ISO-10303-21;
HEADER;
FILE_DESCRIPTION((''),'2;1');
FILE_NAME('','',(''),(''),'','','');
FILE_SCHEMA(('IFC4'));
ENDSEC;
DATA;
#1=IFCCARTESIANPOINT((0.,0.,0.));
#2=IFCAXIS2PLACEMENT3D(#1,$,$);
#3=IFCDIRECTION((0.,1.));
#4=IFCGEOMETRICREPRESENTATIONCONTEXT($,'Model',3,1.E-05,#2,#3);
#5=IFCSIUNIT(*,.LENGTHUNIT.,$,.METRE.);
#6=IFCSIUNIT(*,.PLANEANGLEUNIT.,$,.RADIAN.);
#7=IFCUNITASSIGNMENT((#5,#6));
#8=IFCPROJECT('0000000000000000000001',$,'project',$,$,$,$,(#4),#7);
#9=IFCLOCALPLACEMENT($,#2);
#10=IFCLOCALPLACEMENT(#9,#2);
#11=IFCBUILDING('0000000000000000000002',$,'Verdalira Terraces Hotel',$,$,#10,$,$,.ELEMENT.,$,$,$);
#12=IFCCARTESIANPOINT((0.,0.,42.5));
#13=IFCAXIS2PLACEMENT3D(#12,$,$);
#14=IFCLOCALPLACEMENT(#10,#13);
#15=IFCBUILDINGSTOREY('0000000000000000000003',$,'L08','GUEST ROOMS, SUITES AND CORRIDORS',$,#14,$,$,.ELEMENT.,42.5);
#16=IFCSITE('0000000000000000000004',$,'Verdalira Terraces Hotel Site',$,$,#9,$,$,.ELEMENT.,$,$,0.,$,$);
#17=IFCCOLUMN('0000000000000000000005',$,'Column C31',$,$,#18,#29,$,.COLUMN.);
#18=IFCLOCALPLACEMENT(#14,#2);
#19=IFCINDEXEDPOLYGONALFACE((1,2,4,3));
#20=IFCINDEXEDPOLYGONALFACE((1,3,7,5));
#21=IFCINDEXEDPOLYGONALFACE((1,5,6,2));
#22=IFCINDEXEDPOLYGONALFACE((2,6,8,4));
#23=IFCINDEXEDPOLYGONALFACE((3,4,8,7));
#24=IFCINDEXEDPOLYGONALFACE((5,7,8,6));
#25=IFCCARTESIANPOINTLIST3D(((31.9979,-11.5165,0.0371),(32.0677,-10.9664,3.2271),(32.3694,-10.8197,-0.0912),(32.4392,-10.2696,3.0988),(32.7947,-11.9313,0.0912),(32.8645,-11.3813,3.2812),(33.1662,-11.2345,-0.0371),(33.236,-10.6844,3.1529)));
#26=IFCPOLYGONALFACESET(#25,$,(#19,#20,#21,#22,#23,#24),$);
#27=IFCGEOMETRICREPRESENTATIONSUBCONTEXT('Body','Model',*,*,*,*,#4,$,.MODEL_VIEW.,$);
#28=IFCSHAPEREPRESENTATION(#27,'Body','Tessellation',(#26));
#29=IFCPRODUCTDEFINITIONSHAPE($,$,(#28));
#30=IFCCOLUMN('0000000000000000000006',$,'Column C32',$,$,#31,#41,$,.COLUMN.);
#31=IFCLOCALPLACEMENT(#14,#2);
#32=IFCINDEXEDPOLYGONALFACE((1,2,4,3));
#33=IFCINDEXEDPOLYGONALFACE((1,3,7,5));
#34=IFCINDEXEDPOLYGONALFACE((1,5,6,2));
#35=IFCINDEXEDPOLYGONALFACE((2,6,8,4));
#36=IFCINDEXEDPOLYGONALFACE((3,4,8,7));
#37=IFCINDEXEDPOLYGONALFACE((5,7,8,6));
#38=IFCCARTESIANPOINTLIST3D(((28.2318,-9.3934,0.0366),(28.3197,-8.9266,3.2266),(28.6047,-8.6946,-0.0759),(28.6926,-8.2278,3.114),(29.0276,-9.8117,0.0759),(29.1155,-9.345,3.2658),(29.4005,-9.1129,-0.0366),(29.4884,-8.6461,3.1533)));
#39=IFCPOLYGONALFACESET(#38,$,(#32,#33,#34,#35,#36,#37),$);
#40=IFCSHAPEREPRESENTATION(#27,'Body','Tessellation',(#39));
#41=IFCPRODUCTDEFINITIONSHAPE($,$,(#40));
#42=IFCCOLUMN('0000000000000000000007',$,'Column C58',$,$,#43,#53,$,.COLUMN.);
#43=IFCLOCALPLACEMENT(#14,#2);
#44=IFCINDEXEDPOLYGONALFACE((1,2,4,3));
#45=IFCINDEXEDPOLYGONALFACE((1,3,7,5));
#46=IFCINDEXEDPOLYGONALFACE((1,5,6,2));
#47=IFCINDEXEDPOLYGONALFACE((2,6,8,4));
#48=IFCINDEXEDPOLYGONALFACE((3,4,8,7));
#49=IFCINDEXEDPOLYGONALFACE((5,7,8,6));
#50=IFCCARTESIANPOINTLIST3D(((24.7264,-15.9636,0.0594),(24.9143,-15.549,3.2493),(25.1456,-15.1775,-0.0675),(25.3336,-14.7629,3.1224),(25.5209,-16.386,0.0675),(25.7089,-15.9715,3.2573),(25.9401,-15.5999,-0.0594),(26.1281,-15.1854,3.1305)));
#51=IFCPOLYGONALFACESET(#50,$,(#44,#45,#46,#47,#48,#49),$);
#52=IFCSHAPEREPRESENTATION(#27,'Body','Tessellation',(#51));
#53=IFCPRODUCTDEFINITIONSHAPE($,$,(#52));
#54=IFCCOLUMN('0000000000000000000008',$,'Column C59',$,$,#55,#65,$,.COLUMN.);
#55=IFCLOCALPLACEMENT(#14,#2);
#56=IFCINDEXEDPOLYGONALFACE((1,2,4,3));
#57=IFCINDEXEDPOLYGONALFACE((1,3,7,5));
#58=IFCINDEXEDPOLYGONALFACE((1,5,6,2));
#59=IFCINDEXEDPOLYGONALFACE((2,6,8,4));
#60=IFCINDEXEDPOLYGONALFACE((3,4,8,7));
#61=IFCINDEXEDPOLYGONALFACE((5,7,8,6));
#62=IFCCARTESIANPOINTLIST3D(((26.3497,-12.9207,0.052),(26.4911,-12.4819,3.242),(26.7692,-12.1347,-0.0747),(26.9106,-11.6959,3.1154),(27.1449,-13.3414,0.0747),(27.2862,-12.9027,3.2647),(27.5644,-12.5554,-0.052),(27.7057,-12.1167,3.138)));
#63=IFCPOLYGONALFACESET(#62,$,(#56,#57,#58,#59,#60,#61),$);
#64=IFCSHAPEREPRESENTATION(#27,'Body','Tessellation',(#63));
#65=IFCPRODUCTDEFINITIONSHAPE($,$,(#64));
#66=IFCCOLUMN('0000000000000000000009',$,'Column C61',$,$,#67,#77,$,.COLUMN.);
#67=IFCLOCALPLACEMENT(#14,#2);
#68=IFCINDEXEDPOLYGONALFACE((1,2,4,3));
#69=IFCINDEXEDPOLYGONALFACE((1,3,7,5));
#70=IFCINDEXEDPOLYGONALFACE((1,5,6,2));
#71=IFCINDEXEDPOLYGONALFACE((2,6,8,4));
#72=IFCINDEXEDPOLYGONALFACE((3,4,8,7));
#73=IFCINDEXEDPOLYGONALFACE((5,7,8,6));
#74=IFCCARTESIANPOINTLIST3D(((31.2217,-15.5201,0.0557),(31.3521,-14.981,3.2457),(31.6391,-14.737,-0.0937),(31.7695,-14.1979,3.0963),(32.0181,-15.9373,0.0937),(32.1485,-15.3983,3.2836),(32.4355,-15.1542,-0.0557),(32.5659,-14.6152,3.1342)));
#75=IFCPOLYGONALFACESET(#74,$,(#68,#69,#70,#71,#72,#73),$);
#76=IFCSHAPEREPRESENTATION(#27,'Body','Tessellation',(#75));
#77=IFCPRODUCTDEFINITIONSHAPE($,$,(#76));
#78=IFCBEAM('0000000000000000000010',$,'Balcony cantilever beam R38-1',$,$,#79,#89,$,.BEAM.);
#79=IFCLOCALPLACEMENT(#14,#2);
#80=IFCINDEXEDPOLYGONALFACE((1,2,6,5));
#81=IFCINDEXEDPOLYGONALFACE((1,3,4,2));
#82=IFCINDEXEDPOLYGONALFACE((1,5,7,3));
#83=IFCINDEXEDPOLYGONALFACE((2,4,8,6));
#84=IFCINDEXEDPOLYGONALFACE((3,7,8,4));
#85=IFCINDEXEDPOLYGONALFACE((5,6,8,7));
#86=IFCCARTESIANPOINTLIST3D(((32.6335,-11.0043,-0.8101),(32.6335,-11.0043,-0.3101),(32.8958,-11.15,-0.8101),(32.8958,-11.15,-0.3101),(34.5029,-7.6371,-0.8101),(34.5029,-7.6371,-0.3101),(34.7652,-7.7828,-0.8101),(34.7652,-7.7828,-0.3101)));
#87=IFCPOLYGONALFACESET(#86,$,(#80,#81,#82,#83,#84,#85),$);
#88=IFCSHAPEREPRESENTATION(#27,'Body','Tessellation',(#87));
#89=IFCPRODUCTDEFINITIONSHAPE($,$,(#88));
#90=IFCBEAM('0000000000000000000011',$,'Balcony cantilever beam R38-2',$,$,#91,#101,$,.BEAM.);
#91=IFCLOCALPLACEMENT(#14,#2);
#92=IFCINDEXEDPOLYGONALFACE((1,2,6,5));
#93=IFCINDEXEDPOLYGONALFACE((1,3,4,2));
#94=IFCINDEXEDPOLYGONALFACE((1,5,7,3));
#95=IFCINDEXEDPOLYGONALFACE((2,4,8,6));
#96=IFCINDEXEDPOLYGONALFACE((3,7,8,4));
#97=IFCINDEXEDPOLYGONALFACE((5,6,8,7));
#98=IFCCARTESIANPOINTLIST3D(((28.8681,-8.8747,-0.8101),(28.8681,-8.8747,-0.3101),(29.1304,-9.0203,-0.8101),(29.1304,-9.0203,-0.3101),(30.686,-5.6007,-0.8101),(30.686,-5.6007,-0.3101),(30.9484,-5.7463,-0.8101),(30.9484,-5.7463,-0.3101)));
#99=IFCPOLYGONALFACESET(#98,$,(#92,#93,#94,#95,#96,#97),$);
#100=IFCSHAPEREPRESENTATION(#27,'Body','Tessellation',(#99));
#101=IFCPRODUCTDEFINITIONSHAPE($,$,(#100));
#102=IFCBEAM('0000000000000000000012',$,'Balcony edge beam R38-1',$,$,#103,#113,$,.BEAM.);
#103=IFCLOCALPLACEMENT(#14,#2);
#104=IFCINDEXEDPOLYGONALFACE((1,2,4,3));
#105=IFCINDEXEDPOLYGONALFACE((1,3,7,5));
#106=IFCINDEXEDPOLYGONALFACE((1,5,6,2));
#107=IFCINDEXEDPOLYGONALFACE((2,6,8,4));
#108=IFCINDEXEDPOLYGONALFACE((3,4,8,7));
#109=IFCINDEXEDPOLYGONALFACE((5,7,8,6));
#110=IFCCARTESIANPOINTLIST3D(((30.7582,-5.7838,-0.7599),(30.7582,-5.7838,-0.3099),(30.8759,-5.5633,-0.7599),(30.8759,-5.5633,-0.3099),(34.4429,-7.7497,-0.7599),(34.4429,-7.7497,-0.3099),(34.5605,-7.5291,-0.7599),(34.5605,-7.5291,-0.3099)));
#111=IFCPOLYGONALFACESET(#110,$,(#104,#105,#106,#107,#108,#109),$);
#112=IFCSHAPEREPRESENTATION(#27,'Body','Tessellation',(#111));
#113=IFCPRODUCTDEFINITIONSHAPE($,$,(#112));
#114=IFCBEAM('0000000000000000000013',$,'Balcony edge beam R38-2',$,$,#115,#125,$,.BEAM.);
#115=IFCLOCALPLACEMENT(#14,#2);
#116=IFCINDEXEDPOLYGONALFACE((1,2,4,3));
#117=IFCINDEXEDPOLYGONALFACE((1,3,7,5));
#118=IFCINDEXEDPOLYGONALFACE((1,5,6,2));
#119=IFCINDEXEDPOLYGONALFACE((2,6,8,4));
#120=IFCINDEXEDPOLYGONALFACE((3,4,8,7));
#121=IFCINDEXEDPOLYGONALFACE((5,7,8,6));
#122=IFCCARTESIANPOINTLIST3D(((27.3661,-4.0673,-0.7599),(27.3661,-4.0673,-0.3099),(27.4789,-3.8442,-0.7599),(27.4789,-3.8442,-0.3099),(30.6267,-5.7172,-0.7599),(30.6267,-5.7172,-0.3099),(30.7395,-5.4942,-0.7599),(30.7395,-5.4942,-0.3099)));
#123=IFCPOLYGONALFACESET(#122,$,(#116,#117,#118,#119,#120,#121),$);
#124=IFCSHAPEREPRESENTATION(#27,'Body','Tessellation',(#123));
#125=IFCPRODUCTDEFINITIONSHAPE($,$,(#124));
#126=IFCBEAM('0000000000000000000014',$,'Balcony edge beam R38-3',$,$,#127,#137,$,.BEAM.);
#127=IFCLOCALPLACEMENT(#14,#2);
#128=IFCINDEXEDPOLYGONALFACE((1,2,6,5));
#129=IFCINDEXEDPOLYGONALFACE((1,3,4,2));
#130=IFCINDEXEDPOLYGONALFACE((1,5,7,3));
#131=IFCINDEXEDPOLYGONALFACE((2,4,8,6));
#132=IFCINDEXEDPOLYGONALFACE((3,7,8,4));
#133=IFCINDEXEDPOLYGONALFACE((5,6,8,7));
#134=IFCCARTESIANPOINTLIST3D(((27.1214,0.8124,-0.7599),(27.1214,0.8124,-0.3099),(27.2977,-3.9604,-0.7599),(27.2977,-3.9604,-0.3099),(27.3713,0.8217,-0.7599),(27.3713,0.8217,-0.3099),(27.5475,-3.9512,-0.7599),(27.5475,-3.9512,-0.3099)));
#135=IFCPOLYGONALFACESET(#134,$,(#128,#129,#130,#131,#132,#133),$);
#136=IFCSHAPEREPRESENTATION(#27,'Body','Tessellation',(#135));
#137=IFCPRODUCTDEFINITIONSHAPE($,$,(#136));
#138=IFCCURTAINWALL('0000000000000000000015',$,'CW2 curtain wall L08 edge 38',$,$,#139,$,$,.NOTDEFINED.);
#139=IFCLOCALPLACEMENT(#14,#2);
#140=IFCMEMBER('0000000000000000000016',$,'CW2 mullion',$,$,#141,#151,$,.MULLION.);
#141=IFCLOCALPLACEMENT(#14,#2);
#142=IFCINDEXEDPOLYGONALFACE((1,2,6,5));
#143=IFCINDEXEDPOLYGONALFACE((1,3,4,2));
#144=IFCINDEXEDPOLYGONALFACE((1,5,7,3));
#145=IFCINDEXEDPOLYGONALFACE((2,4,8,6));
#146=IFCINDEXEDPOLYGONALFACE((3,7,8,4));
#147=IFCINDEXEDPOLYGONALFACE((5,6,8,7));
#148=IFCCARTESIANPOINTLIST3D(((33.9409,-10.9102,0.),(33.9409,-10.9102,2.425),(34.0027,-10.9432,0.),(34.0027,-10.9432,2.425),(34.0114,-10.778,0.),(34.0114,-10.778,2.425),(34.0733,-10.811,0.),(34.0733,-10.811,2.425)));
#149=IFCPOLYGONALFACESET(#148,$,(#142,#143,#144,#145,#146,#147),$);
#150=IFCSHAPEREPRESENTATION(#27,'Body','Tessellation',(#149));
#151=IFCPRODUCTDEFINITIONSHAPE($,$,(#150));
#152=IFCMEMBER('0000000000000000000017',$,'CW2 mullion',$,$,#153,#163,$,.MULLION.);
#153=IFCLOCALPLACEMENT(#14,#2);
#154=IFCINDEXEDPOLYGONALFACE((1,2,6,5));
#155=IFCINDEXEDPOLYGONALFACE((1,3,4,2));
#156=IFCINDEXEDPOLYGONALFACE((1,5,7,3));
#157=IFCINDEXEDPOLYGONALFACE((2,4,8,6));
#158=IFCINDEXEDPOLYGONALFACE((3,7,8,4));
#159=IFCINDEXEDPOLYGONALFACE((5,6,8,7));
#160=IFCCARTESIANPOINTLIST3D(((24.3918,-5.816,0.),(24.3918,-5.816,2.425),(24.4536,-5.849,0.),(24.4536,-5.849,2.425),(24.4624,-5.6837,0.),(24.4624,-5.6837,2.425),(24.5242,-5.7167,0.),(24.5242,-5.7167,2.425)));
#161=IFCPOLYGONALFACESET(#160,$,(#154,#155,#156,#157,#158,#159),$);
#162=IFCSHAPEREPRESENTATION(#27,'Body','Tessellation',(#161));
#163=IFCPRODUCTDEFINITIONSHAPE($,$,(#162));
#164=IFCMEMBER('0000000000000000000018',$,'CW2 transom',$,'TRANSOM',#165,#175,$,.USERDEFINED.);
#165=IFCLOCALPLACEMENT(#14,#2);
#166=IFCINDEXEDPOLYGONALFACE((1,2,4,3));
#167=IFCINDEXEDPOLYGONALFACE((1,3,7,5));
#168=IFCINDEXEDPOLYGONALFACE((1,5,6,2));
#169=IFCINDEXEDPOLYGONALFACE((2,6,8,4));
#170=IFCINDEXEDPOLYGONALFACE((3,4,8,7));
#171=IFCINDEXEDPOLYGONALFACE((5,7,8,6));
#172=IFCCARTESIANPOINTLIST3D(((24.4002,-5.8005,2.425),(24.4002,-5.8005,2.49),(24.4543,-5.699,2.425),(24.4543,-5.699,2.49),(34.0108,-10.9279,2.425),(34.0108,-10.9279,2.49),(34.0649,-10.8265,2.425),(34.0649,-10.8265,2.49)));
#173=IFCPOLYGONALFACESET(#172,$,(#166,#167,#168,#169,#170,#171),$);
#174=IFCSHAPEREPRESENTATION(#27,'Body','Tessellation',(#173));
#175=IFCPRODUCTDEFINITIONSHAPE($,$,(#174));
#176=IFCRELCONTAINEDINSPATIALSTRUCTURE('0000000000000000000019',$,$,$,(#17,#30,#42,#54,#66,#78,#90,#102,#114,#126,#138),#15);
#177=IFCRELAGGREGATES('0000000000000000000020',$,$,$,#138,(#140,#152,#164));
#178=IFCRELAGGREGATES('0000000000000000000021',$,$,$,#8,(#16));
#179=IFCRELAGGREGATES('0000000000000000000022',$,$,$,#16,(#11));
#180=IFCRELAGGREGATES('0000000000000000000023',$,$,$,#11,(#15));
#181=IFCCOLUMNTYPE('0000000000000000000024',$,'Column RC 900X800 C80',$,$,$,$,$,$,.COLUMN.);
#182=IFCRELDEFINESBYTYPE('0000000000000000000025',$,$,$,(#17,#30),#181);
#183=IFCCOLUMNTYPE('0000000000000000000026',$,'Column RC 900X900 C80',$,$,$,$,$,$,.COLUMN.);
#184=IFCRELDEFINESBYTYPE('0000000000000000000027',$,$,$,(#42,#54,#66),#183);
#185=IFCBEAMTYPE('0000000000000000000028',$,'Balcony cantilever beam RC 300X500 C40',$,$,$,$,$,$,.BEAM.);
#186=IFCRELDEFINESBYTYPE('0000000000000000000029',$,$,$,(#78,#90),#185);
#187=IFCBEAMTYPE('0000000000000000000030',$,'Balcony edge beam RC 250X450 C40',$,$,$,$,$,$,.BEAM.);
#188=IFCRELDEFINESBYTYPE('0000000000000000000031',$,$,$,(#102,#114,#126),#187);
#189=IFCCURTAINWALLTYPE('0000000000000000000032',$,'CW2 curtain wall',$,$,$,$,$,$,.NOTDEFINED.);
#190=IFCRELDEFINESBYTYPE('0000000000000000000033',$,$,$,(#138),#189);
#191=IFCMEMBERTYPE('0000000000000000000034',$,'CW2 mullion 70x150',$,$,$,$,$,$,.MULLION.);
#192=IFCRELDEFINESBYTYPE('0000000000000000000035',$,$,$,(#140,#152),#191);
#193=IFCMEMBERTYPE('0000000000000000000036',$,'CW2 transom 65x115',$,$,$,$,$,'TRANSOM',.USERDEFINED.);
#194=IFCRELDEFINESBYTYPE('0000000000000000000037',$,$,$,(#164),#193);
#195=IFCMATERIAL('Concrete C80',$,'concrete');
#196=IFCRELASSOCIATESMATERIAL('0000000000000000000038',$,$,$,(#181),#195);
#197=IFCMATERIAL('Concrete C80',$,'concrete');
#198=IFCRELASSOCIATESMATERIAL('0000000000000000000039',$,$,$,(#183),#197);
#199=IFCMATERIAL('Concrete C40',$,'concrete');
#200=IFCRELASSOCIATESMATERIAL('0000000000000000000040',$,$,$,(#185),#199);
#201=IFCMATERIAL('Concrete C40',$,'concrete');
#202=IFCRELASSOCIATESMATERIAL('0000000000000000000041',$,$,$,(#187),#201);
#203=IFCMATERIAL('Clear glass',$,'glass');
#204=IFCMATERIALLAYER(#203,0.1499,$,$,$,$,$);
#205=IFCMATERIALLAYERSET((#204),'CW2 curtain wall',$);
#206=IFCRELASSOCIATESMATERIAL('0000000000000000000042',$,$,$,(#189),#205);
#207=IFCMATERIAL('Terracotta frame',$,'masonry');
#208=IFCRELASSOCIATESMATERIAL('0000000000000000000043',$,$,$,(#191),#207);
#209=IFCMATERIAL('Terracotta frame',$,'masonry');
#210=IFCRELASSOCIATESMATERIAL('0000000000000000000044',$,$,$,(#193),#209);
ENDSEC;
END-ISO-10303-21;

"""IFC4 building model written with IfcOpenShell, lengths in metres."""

from ifc_helpers import new_model, si_unit, direction, frame, origin, origin_2d, place, context, subcontext, project, spatial, rectangle, extrude, material, layer, layer_set, material_profile, profile_set, type_object, element, aggregate, save


model = new_model("IFC4")

# Units and contexts
model_context = context("Model", 3, precision=1e-05, world=origin(), true_north=direction((0.0, 1.0)))
body_context = subcontext(model_context, "Body", "Model", "MODEL_VIEW")
ifc_project = project(units=[si_unit("LENGTHUNIT", "METRE"), si_unit("PLANEANGLEUNIT", "RADIAN")], contexts=[model_context])

# Site, building, storey
site_placement = place(None, origin())
site = spatial("IfcSite", under=ifc_project, at=site_placement, Name="Verdalira Terraces Hotel Site", CompositionType="ELEMENT", RefElevation=0.0)
building_placement = place(site_placement, origin())
building = spatial("IfcBuilding", under=site, at=building_placement, Name="Verdalira Terraces Hotel", CompositionType="ELEMENT")
storey_placement = place(building_placement, frame((0.0, 0.0, 42.5)))
storey = spatial("IfcBuildingStorey", under=building, at=storey_placement, Name="L08", Description="GUEST ROOMS, SUITES AND CORRIDORS", CompositionType="ELEMENT", Elevation=42.5)

# Columns
ifc_material_1 = material(Name="Concrete C80", Category="concrete")
ifc_material_profile_1 = material_profile(ifc_material_1, rectangle(XDim=0.8999, YDim=0.8, at=origin_2d()), Name="RC 900X800")
ifc_profile_set_1 = profile_set([ifc_material_profile_1], Name="Concrete C80")
column_type_1 = type_object("IfcColumnType", Name="Column RC 900X800 C80", PredefinedType="COLUMN", material=ifc_profile_set_1)
column_1_placement = place(storey_placement, frame((32.582, -11.3755, 0.0), z_axis=(0.021566, 0.169885, 0.985228), x_axis=(-0.885382, 0.460963, -0.060105)))
element("IfcColumn", 1, at=column_1_placement, inside=storey, type_object=column_type_1, Name="Column C31", PredefinedType="COLUMN", context=body_context, shape_type="SweptSolid", body=[
    extrude(rectangle(XDim=0.8999, YDim=0.8, at=origin_2d()), origin(), (0.0, 0.0, 1.0), 3.2378),
])
column_2_placement = place(storey_placement, frame((28.8162, -9.2532, 0.0), z_axis=(0.027252, 0.144738, 0.989095), x_axis=(-0.884308, 0.464857, -0.04366)))
element("IfcColumn", 2, at=column_2_placement, inside=storey, type_object=column_type_1, Name="Column C32", PredefinedType="COLUMN", context=body_context, shape_type="SweptSolid", body=[
    extrude(rectangle(XDim=0.8999, YDim=0.8, at=origin_2d()), origin(), (0.0, 0.0, 1.0), 3.2251),
])
ifc_material_2 = material(Name="Concrete C80", Category="concrete")
ifc_material_profile_2 = material_profile(ifc_material_2, rectangle(XDim=0.8999, YDim=0.8999, at=origin_2d()), Name="RC 900X900")
ifc_profile_set_2 = profile_set([ifc_material_profile_2], Name="Concrete C80")
column_type_2 = type_object("IfcColumnType", Name="Column RC 900X900 C80", PredefinedType="COLUMN", material=ifc_profile_set_2)
column_3_placement = place(storey_placement, frame((25.3333, -15.7817, 0.0), z_axis=(0.058341, 0.128652, 0.989972), x_axis=(0.882918, -0.469441, 0.008975)))
element("IfcColumn", 3, at=column_3_placement, inside=storey, type_object=column_type_2, Name="Column C58", PredefinedType="COLUMN", context=body_context, shape_type="SweptSolid", body=[
    extrude(rectangle(XDim=0.8999, YDim=0.8999, at=origin_2d()), origin(), (0.0, 0.0, 1.0), 3.2222),
])
column_4_placement = place(storey_placement, frame((26.957, -12.738, 0.0), z_axis=(0.043858, 0.136119, 0.989721), x_axis=(0.883606, -0.467556, 0.025148)))
element("IfcColumn", 4, at=column_4_placement, inside=storey, type_object=column_type_2, Name="Column C59", PredefinedType="COLUMN", context=body_context, shape_type="SweptSolid", body=[
    extrude(rectangle(XDim=0.8999, YDim=0.8999, at=origin_2d()), origin(), (0.0, 0.0, 1.0), 3.2231),
])
column_5_placement = place(storey_placement, frame((31.8286, -15.3372, 0.0), z_axis=(0.040265, 0.166491, 0.985221), x_axis=(0.885002, -0.463673, 0.042186)))
element("IfcColumn", 5, at=column_5_placement, inside=storey, type_object=column_type_2, Name="Column C61", PredefinedType="COLUMN", context=body_context, shape_type="SweptSolid", body=[
    extrude(rectangle(XDim=0.8999, YDim=0.8999, at=origin_2d()), origin(), (0.0, 0.0, 1.0), 3.2378),
])

# Beams
ifc_material_3 = material(Name="Concrete C40", Category="concrete")
ifc_material_profile_3 = material_profile(ifc_material_3, rectangle(XDim=0.3, YDim=0.5, at=origin_2d()), Name="RC 300X500")
ifc_profile_set_3 = profile_set([ifc_material_profile_3], Name="Concrete C40")
beam_type_1 = type_object("IfcBeamType", Name="Balcony cantilever beam RC 300X500 C40", PredefinedType="BEAM", material=ifc_profile_set_3)
beam_1_placement = place(storey_placement, frame((32.7646, -11.0771, -0.5601), z_axis=(0.48539, 0.874298, 0.0), x_axis=(-0.874298, 0.48539, 0.0)))
element("IfcBeam", 6, at=beam_1_placement, inside=storey, type_object=beam_type_1, Name="Balcony cantilever beam R38-1", PredefinedType="BEAM", context=body_context, shape_type="SweptSolid", body=[
    extrude(rectangle(XDim=0.3, YDim=0.5, at=origin_2d()), origin(), (0.0, 0.0, 1.0), 3.8513),
])
beam_2_placement = place(storey_placement, frame((28.9993, -8.9475, -0.5601), z_axis=(0.485444, 0.874268, 0.0), x_axis=(-0.874268, 0.485444, 0.0)))
element("IfcBeam", 7, at=beam_2_placement, inside=storey, type_object=beam_type_1, Name="Balcony cantilever beam R38-2", PredefinedType="BEAM", context=body_context, shape_type="SweptSolid", body=[
    extrude(rectangle(XDim=0.3, YDim=0.5, at=origin_2d()), origin(), (0.0, 0.0, 1.0), 3.7449),
])
ifc_material_4 = material(Name="Concrete C40", Category="concrete")
ifc_material_profile_4 = material_profile(ifc_material_4, rectangle(XDim=0.25, YDim=0.45, at=origin_2d()), Name="RC 250X450")
ifc_profile_set_4 = profile_set([ifc_material_profile_4], Name="Concrete C40")
beam_type_2 = type_object("IfcBeamType", Name="Balcony edge beam RC 250X450 C40", PredefinedType="BEAM", material=ifc_profile_set_4)
beam_3_placement = place(storey_placement, frame((34.5017, -7.6394, -0.5349), z_axis=(-0.882282, 0.470722, 0.0), x_axis=(-0.470722, -0.882282, 0.0)))
element("IfcBeam", 8, at=beam_3_placement, inside=storey, type_object=beam_type_2, Name="Balcony edge beam R38-1", PredefinedType="BEAM", context=body_context, shape_type="SweptSolid", body=[
    extrude(rectangle(XDim=0.25, YDim=0.45, at=origin_2d()), origin(), (0.0, 0.0, 1.0), 4.1763),
])
beam_4_placement = place(storey_placement, frame((30.6831, -5.6057, -0.5349), z_axis=(-0.892266, 0.451511, 0.0), x_axis=(-0.451511, -0.892266, 0.0)))
element("IfcBeam", 9, at=beam_4_placement, inside=storey, type_object=beam_type_2, Name="Balcony edge beam R38-2", PredefinedType="BEAM", context=body_context, shape_type="SweptSolid", body=[
    extrude(rectangle(XDim=0.25, YDim=0.45, at=origin_2d()), origin(), (0.0, 0.0, 1.0), 3.6543),
])
beam_5_placement = place(storey_placement, frame((27.4226, -3.9558, -0.5349), z_axis=(-0.036906, 0.999319, 0.0), x_axis=(-0.999319, -0.036906, 0.0)))
element("IfcBeam", 10, at=beam_5_placement, inside=storey, type_object=beam_type_2, Name="Balcony edge beam R38-3", PredefinedType="BEAM", context=body_context, shape_type="SweptSolid", body=[
    extrude(rectangle(XDim=0.25, YDim=0.45, at=origin_2d()), origin(), (0.0, 0.0, 1.0), 4.7761),
])

# Curtain wall, members
ifc_material_5 = material(Name="Clear glass", Category="glass")
ifc_layer_1 = layer(ifc_material_5, 0.1499)
ifc_layer_set_1 = layer_set([ifc_layer_1], Name="CW2 curtain wall")
curtain_wall_type_1 = type_object("IfcCurtainWallType", Name="CW2 curtain wall", PredefinedType="NOTDEFINED", material=ifc_layer_set_1)
curtain_wall_1_placement = place(storey_placement, origin())
curtain_wall_1 = element("IfcCurtainWall", 11, at=curtain_wall_1_placement, inside=storey, type_object=curtain_wall_type_1, Name="CW2 curtain wall L08 edge 38", PredefinedType="NOTDEFINED")
ifc_material_6 = material(Name="Terracotta frame", Category="masonry")
ifc_material_profile_5 = material_profile(ifc_material_6, rectangle(XDim=0.0701, YDim=0.1499, at=origin_2d()), Name="MU 70x150")
ifc_profile_set_5 = profile_set([ifc_material_profile_5], Name="Terracotta frame")
member_type_1 = type_object("IfcMemberType", Name="CW2 mullion 70x150", PredefinedType="MULLION", material=ifc_profile_set_5)
member_1_placement = place(storey_placement, frame((34.0071, -10.8606, 0.0), z_axis=(0.0, 0.0, 1.0), x_axis=(-0.882291, 0.470704, 0.0)))
member_1 = element("IfcMember", 12, at=member_1_placement, type_object=member_type_1, Name="CW2 mullion", PredefinedType="MULLION", context=body_context, shape_type="SweptSolid", body=[
    extrude(rectangle(XDim=0.0701, YDim=0.1499, at=origin_2d()), origin(), (0.0, 0.0, 1.0), 2.425),
])
member_2_placement = place(storey_placement, frame((24.458, -5.7664, 0.0), z_axis=(0.0, 0.0, 1.0), x_axis=(-0.882291, 0.470704, 0.0)))
member_2 = element("IfcMember", 13, at=member_2_placement, type_object=member_type_1, Name="CW2 mullion", PredefinedType="MULLION", context=body_context, shape_type="SweptSolid", body=[
    extrude(rectangle(XDim=0.0701, YDim=0.1499, at=origin_2d()), origin(), (0.0, 0.0, 1.0), 2.425),
])
ifc_material_7 = material(Name="Terracotta frame", Category="masonry")
ifc_material_profile_6 = material_profile(ifc_material_7, rectangle(XDim=0.115, YDim=0.0649, at=origin_2d()), Name="TR 65x115")
ifc_profile_set_6 = profile_set([ifc_material_profile_6], Name="Terracotta frame")
member_type_2 = type_object("IfcMemberType", Name="CW2 transom 65x115", ElementType="TRANSOM", PredefinedType="USERDEFINED", material=ifc_profile_set_6)
member_3_placement = place(storey_placement, frame((34.0378, -10.8772, 2.4575), z_axis=(-0.882285, 0.470716, 0.0), x_axis=(-0.470716, -0.882285, 0.0)))
member_3 = element("IfcMember", 14, at=member_3_placement, type_object=member_type_2, Name="CW2 transom", ObjectType="TRANSOM", PredefinedType="USERDEFINED", context=body_context, shape_type="SweptSolid", body=[
    extrude(rectangle(XDim=0.115, YDim=0.0649, at=origin_2d()), origin(), (0.0, 0.0, 1.0), 10.8928),
])

aggregate(curtain_wall_1, [member_1, member_2, member_3])

save(model, "model.ifc")
